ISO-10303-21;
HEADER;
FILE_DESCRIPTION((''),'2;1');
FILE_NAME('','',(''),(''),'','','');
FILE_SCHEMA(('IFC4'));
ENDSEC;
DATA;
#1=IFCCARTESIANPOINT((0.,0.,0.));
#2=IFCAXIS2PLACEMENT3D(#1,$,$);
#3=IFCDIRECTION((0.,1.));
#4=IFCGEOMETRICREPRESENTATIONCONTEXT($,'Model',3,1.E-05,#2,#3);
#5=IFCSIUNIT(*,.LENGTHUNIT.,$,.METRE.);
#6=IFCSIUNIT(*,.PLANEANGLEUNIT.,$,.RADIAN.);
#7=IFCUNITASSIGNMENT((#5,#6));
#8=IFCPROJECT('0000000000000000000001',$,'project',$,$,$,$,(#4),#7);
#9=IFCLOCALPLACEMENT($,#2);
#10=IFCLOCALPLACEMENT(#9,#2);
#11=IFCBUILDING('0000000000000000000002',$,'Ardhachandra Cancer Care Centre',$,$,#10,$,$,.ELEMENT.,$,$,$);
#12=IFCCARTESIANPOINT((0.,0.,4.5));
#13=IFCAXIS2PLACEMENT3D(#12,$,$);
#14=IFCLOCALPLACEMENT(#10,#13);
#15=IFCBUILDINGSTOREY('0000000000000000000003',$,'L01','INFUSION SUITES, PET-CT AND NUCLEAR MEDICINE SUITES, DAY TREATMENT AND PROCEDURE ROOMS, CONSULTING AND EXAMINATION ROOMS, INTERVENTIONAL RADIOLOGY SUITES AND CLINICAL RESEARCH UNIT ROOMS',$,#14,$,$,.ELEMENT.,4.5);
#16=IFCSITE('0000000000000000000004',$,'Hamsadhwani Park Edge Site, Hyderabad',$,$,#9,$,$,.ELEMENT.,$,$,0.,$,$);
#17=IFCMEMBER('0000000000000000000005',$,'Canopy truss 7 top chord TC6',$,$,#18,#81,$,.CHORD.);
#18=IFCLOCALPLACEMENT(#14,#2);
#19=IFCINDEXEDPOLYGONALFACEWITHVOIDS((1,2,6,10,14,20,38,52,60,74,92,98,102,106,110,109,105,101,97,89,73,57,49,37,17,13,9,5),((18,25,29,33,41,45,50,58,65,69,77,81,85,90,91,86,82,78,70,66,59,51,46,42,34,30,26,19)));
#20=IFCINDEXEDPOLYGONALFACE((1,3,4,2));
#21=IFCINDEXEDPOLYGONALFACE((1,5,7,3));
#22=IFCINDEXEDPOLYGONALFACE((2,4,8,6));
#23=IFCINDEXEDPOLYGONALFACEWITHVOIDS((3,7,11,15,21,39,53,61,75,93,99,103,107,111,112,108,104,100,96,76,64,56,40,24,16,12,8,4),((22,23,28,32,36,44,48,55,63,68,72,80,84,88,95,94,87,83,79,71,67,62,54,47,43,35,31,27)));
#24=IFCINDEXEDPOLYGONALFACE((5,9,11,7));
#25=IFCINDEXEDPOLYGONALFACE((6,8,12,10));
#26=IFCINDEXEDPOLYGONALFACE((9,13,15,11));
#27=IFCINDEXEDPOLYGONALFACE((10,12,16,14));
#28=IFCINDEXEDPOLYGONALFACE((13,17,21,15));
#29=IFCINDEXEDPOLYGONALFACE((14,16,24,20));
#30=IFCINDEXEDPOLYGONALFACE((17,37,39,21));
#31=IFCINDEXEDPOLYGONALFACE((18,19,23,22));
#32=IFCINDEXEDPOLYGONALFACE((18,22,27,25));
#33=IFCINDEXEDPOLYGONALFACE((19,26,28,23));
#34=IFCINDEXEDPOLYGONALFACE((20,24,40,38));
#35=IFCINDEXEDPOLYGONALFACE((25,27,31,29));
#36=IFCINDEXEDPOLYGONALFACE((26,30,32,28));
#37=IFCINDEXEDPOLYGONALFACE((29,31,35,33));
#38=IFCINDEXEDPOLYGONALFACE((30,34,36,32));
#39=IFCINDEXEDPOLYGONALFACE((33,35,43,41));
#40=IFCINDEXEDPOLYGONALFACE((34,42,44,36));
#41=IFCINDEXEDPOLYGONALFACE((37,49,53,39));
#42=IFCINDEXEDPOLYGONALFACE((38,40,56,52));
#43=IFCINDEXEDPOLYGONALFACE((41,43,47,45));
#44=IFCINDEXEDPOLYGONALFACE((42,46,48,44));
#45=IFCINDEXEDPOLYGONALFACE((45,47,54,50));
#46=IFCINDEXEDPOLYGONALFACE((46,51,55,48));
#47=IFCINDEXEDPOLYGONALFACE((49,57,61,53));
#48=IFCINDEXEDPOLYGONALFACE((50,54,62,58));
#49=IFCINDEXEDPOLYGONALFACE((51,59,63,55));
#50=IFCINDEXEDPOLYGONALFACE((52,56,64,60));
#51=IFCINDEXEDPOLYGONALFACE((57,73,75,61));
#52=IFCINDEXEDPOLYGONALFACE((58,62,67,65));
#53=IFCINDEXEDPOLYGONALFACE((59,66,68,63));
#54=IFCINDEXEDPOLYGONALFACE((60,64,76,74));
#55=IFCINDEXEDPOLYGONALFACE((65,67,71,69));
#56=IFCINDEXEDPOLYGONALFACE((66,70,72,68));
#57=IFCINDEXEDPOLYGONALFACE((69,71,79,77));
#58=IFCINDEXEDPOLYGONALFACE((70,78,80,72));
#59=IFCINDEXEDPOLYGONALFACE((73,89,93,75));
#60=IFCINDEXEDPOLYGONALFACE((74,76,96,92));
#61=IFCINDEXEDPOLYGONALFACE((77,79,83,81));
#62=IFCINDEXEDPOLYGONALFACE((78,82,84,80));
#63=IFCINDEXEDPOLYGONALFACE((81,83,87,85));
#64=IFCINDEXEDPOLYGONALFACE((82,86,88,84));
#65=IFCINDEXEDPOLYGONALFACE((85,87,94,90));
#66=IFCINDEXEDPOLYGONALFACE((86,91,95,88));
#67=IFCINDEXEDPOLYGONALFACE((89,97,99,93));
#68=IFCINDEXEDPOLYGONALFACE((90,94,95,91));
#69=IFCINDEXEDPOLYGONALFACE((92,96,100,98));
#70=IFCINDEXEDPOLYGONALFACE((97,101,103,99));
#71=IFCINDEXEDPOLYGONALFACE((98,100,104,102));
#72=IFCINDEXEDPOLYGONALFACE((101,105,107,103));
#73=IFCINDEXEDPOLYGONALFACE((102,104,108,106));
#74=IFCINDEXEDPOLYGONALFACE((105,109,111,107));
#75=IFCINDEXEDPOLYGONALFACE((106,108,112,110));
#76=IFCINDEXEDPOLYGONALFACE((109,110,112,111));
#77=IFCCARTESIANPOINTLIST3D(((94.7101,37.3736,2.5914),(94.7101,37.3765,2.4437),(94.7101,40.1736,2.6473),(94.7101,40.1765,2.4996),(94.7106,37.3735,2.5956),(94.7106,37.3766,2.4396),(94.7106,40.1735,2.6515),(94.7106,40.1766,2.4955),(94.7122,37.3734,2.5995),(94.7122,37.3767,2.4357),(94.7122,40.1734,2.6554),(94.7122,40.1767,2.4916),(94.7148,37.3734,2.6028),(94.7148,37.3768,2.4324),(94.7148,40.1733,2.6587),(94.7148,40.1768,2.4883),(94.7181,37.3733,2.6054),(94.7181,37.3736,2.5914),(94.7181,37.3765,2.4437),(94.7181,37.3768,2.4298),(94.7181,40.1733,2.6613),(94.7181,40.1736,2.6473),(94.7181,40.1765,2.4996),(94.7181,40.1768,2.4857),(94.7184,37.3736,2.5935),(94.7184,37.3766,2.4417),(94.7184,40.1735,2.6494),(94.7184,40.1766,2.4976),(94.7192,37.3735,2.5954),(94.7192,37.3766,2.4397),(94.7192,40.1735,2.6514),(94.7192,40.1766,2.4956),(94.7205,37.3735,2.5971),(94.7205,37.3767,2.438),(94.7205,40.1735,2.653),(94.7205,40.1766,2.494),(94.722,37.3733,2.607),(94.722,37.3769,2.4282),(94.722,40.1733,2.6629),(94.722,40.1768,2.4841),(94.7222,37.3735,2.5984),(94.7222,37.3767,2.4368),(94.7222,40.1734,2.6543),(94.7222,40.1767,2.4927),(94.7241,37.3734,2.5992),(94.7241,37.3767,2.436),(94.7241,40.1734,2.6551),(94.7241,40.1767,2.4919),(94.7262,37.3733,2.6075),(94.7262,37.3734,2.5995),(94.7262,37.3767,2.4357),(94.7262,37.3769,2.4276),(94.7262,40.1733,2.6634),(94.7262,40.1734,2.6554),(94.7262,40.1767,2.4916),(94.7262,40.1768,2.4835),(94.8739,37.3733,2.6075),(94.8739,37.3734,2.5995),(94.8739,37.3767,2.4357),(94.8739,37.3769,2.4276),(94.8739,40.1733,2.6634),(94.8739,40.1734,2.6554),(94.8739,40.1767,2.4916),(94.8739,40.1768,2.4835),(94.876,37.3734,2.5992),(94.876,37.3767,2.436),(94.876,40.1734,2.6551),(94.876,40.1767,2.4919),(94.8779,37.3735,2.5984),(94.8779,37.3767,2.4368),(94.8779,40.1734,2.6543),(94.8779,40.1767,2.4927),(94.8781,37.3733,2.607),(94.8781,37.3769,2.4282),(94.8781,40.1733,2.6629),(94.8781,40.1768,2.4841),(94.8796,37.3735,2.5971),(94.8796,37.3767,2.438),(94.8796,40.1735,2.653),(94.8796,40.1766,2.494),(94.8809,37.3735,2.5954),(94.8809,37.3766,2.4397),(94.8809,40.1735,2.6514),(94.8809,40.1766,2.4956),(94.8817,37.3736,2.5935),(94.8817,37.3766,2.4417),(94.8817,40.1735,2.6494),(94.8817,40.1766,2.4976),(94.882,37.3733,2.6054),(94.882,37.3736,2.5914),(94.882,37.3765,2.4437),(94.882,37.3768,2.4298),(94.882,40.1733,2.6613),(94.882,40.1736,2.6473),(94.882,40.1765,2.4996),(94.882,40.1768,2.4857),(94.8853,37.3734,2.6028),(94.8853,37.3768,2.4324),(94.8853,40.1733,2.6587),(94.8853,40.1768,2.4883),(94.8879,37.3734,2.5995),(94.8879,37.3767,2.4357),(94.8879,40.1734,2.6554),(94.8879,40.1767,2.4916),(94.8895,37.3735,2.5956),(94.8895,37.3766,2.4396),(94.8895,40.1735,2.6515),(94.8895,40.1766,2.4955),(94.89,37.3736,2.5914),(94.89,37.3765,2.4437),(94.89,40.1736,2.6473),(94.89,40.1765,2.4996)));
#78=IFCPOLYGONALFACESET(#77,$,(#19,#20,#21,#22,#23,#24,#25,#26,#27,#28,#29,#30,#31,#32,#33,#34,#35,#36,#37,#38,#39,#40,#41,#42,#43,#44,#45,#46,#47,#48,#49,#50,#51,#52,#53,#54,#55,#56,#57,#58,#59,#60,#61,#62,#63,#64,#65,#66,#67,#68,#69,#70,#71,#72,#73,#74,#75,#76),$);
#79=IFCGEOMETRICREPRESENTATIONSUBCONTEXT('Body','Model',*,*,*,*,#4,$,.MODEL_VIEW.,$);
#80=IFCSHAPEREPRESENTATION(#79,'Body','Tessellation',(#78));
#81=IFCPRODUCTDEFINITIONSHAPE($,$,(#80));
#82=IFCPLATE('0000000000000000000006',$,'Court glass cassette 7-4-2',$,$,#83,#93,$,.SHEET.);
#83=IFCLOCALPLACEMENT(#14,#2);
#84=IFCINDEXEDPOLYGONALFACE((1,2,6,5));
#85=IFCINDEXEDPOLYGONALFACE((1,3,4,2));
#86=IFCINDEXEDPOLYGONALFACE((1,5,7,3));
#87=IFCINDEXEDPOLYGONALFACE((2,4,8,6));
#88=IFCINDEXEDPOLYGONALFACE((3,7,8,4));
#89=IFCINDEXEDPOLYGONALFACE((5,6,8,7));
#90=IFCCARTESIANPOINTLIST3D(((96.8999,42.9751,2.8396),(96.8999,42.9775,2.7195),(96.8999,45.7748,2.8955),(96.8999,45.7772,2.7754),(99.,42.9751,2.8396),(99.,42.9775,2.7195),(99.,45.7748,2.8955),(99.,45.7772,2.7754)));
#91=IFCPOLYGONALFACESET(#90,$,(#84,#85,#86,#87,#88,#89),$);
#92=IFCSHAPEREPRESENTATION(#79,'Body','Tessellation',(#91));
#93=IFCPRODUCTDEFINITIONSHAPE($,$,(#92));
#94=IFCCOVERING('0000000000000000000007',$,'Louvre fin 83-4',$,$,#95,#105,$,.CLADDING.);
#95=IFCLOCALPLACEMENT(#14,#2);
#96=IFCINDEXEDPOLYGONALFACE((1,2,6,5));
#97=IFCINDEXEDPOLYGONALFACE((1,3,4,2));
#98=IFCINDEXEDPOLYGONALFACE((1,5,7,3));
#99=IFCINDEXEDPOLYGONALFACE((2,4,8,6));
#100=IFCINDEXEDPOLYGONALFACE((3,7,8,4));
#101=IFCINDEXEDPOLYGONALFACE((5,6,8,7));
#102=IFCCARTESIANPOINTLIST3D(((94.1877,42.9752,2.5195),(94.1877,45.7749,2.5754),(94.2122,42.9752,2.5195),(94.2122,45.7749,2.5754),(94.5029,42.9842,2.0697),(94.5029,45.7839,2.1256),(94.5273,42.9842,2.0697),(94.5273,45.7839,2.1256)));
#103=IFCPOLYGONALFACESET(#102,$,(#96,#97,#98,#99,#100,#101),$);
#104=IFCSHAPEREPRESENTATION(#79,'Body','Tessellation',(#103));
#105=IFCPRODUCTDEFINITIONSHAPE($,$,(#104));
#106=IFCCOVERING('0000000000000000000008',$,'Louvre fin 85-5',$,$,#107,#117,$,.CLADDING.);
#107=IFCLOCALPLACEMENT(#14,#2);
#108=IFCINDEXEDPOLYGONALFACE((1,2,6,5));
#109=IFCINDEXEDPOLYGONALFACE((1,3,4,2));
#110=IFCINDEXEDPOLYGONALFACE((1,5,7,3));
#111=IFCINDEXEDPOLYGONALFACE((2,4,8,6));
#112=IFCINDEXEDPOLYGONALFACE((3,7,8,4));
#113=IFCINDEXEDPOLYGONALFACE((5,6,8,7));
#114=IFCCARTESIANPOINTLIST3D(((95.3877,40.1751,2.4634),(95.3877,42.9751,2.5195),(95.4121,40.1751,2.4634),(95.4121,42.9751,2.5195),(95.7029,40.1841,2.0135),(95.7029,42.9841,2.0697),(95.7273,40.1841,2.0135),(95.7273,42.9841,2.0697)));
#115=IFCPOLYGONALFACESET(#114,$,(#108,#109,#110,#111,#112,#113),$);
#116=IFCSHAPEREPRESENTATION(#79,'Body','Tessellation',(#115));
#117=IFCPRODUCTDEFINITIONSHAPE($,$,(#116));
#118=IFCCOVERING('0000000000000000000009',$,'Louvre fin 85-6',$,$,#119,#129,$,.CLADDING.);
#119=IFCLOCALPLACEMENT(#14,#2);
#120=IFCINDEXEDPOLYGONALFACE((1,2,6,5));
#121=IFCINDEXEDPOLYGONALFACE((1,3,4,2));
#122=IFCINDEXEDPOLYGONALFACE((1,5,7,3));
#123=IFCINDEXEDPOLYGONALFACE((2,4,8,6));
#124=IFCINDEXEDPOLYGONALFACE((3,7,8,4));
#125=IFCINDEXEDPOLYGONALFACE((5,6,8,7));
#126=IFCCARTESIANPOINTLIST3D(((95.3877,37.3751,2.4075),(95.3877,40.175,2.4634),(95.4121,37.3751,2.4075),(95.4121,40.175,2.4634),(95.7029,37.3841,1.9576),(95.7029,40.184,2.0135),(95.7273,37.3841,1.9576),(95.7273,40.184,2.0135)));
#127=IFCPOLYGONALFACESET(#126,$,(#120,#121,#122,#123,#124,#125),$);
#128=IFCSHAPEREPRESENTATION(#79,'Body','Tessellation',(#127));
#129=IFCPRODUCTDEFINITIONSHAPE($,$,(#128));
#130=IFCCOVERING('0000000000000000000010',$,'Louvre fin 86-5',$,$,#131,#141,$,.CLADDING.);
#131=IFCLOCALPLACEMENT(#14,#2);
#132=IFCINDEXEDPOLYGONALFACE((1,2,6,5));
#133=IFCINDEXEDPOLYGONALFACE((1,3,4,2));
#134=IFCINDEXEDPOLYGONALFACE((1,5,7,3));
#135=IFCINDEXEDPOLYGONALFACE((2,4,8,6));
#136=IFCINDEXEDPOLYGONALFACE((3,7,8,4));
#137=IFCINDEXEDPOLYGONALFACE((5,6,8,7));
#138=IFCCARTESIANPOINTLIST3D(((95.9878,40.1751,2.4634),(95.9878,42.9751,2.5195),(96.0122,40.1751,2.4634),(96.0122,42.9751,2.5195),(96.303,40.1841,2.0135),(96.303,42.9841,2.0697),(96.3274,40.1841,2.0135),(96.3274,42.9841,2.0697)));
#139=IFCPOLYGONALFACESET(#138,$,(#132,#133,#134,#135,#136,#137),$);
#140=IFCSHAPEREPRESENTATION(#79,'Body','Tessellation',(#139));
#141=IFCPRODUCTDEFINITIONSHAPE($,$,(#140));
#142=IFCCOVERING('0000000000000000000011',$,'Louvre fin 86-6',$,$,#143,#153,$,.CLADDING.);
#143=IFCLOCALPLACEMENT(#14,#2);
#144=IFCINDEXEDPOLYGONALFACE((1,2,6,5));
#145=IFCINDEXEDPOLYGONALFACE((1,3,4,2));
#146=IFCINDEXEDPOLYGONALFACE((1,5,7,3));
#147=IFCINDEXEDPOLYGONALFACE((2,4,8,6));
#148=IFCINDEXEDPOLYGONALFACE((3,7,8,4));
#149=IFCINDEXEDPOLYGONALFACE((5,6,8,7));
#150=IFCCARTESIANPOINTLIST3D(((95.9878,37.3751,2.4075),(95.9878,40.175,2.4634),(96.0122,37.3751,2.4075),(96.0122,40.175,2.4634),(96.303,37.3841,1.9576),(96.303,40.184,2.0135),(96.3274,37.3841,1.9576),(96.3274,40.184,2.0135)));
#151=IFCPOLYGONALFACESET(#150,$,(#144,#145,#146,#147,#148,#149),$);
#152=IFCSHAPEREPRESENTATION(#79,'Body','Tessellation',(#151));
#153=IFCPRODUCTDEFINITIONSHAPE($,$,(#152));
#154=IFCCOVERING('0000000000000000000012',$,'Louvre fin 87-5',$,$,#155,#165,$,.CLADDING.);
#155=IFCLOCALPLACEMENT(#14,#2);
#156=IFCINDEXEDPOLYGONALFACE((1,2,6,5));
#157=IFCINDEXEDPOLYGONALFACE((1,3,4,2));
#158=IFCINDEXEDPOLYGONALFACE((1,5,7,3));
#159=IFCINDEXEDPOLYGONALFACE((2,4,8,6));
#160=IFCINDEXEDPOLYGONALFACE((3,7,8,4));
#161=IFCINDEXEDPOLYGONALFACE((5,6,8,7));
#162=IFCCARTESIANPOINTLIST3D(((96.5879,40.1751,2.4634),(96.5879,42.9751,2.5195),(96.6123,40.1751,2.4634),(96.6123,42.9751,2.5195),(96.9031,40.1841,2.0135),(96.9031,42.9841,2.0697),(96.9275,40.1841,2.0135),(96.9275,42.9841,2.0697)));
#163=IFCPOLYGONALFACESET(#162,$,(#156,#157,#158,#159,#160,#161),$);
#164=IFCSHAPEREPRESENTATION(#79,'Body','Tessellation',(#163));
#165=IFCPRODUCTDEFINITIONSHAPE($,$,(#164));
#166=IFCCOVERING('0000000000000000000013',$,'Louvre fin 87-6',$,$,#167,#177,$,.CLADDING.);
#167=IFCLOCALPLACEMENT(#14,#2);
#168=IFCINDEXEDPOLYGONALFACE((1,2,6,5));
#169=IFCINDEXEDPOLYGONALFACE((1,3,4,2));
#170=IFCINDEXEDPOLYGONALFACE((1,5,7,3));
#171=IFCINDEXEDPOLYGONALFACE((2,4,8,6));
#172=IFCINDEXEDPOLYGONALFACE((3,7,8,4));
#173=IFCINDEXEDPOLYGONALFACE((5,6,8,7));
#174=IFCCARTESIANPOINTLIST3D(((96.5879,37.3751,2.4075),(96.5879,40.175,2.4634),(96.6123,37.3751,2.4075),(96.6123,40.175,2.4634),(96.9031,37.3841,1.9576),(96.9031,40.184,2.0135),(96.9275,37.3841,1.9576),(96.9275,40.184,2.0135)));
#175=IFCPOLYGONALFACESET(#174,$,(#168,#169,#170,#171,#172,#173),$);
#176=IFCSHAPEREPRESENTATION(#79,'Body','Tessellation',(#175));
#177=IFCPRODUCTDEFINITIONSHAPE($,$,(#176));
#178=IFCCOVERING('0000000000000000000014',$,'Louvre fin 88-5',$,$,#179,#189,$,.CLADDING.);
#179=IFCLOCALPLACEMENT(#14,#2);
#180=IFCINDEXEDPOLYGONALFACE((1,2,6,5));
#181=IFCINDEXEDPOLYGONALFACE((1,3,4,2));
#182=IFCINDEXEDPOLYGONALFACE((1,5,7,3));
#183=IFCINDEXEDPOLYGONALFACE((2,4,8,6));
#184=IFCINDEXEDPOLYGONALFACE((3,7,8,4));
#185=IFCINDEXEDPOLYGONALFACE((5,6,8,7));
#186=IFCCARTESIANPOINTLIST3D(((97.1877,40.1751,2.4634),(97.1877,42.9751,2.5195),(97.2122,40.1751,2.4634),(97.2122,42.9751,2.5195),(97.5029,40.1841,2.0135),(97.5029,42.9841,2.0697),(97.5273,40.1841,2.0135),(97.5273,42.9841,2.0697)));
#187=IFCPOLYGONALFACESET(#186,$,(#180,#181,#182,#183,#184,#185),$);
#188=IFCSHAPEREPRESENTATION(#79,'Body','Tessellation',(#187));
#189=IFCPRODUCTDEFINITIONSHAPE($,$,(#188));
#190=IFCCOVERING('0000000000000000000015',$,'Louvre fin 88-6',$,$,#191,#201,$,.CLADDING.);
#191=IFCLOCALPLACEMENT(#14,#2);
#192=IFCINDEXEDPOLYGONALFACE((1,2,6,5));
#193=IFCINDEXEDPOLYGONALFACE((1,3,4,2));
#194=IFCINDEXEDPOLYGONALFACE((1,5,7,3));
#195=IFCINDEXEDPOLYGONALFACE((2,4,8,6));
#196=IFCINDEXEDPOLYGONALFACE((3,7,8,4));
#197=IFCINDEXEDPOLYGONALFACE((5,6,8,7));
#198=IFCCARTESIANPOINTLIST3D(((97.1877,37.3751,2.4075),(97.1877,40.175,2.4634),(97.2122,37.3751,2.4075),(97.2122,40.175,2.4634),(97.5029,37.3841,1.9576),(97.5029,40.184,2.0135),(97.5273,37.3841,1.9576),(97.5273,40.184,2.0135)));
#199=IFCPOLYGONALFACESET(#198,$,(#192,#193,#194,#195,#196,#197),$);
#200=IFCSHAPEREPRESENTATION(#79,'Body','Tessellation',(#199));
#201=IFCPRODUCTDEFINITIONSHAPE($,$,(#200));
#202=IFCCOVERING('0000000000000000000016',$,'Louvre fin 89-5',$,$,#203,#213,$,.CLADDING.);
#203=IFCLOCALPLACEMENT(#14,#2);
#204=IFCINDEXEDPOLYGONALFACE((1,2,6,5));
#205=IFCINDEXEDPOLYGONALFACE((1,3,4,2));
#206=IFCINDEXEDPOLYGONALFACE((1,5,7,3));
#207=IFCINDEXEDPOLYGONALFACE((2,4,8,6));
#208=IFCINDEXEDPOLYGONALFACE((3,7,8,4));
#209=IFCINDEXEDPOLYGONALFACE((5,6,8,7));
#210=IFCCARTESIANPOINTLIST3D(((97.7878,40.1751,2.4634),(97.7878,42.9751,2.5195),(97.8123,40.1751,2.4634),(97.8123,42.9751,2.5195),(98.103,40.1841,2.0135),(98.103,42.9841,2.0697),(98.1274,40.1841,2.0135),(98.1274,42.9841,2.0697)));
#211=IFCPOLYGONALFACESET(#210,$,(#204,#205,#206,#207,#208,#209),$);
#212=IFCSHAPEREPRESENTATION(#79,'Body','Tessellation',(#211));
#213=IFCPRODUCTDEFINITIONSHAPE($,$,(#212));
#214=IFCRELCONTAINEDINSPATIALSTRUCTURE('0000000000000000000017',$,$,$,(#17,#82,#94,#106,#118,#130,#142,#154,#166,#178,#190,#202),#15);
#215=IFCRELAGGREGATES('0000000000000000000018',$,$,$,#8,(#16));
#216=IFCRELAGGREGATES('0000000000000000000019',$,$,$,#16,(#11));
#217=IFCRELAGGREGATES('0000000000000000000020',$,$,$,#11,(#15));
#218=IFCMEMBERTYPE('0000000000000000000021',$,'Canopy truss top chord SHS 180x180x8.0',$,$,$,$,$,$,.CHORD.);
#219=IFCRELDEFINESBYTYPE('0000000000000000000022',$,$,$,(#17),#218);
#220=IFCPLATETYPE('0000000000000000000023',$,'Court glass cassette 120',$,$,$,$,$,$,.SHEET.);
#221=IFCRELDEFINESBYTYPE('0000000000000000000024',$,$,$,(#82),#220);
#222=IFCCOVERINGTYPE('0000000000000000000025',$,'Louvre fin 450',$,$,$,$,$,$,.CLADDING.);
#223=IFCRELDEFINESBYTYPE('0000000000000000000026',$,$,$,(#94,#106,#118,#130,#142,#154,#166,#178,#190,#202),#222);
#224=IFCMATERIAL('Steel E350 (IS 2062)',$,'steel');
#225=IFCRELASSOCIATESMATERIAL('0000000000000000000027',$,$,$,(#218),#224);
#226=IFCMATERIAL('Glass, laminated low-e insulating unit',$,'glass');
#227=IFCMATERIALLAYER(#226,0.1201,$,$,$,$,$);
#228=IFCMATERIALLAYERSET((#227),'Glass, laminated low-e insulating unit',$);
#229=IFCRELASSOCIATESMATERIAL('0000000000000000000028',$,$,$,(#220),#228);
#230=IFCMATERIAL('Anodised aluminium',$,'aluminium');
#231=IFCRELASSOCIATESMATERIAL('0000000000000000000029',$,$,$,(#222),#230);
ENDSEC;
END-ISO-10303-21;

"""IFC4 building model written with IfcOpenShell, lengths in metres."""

from ifc_helpers import new_model, si_unit, direction, frame, origin, origin_2d, place, context, subcontext, project, spatial, polyline, hollow_rectangle, outline, extrude, material, layer, layer_set, material_profile, profile_set, type_object, element, save


model = new_model("IFC4")

# Units and contexts
model_context = context("Model", 3, precision=1e-05, world=origin(), true_north=direction((0.0, 1.0)))
body_context = subcontext(model_context, "Body", "Model", "MODEL_VIEW")
ifc_project = project(units=[si_unit("LENGTHUNIT", "METRE"), si_unit("PLANEANGLEUNIT", "RADIAN")], contexts=[model_context])

# Site, building, storey
site_placement = place(None, origin())
site = spatial("IfcSite", under=ifc_project, at=site_placement, Name="Hamsadhwani Park Edge Site, Hyderabad", CompositionType="ELEMENT", RefElevation=0.0)
building_placement = place(site_placement, origin())
building = spatial("IfcBuilding", under=site, at=building_placement, Name="Ardhachandra Cancer Care Centre", CompositionType="ELEMENT")
storey_placement = place(building_placement, frame((0.0, 0.0, 4.5)))
storey = spatial("IfcBuildingStorey", under=building, at=storey_placement, Name="L01", Description="INFUSION SUITES, PET-CT AND NUCLEAR MEDICINE SUITES, DAY TREATMENT AND PROCEDURE ROOMS, CONSULTING AND EXAMINATION ROOMS, INTERVENTIONAL RADIOLOGY SUITES AND CLINICAL RESEARCH UNIT ROOMS", CompositionType="ELEMENT", Elevation=4.5)

# Member
ifc_material_1 = material(Name="Steel E350 (IS 2062)", Category="steel")
ifc_material_profile_1 = material_profile(ifc_material_1, hollow_rectangle(XDim=0.1799, YDim=0.1799, WallThickness=0.0081, InnerFilletRadius=0.0081, OuterFilletRadius=0.0161, at=origin_2d()), Name="SHS 180x180x8.0")
ifc_profile_set_1 = profile_set([ifc_material_profile_1], Name="Steel E350 (IS 2062)")
member_type_1 = type_object("IfcMemberType", Name="Canopy truss top chord SHS 180x180x8.0", PredefinedType="CHORD", material=ifc_profile_set_1)
for number, where, z_axis, x_axis, name in (
    (1, (94.8, 40.175, 2.5735), (0.0, -0.999801, -0.019963), (1.0, 0.0, 0.0), "Canopy truss 7 top chord TC6"),
):
    element("IfcMember", number, at=place(storey_placement, frame(where, z_axis=z_axis, x_axis=x_axis)), inside=storey, type_object=member_type_1, Name=name, PredefinedType="CHORD", context=body_context, shape_type="SweptSolid", body=[
        extrude(hollow_rectangle(XDim=0.1799, YDim=0.1799, WallThickness=0.0081, InnerFilletRadius=0.0081, OuterFilletRadius=0.0161, at=origin_2d()), origin(), (0.0, 0.0, 1.0), 2.8005),
    ])

# Plate
ifc_material_2 = material(Name="Glass, laminated low-e insulating unit", Category="glass")
ifc_layer = layer(ifc_material_2, 0.1201)
ifc_layer_set = layer_set([ifc_layer], Name="Glass, laminated low-e insulating unit")
plate_type = type_object("IfcPlateType", Name="Court glass cassette 120", PredefinedType="SHEET", material=ifc_layer_set)
plate_placement = place(storey_placement, frame((96.8999, 42.9751, 2.8396), z_axis=(0.0, -0.019965, 0.999801), x_axis=(0.0, 0.999801, 0.019965)))
element("IfcPlate", 2, at=plate_placement, inside=storey, type_object=plate_type, Name="Court glass cassette 7-4-2", PredefinedType="SHEET", context=body_context, shape_type="SweptSolid", body=[
    extrude(outline(polyline([(0.0, -2.1001), (2.8003, -2.1001), (2.8003, 0.0), (0.0, 0.0), (0.0, -2.1001)])), frame((0.0, 0.0, -0.1201)), (0.0, 0.0, 1.0), 0.1201),
])

# Coverings
ifc_material_3 = material(Name="Anodised aluminium", Category="aluminium")
ifc_material_profile_2 = material_profile(ifc_material_3, outline(polyline([(-0.0122, 0.0), (0.0122, 0.0), (0.3274, -0.45), (0.303, -0.45), (-0.0122, 0.0)])), Name="Louvre fin 450")
ifc_profile_set_2 = profile_set([ifc_material_profile_2], Name="Anodised aluminium")
covering_type = type_object("IfcCoveringType", Name="Louvre fin 450", PredefinedType="CLADDING", material=ifc_profile_set_2)
covering_placement = place(storey_placement, frame((94.2, 45.7749, 2.5754), z_axis=(0.0, -0.999801, -0.019965), x_axis=(1.0, 0.0, 0.0)))
element("IfcCovering", 3, at=covering_placement, inside=storey, type_object=covering_type, Name="Louvre fin 83-4", PredefinedType="CLADDING", context=body_context, shape_type="SweptSolid", body=[
    extrude(outline(polyline([(-0.0122, 0.0), (0.0122, 0.0), (0.3274, -0.45), (0.303, -0.45), (-0.0122, 0.0)])), origin(), (0.0, 0.0, 1.0), 2.8003),
])
for number, where, z_axis, x_axis, name in (
    (4, (95.3999, 42.9751, 2.5195), (0.0, -0.999799, -0.02005), (1.0, 0.0, 0.0), "Louvre fin 85-5"),
    (5, (95.3999, 40.175, 2.4634), (0.0, -0.999801, -0.019963), (1.0, 0.0, 0.0), "Louvre fin 85-6"),
    (6, (96.0, 42.9751, 2.5195), (0.0, -0.999799, -0.02005), (1.0, 0.0, 0.0), "Louvre fin 86-5"),
    (7, (96.0, 40.175, 2.4634), (0.0, -0.999801, -0.019963), (1.0, 0.0, 0.0), "Louvre fin 86-6"),
    (8, (96.6001, 42.9751, 2.5195), (0.0, -0.999799, -0.02005), (1.0, 0.0, 0.0), "Louvre fin 87-5"),
    (9, (96.6001, 40.175, 2.4634), (0.0, -0.999801, -0.019963), (1.0, 0.0, 0.0), "Louvre fin 87-6"),
    (10, (97.2, 42.9751, 2.5195), (0.0, -0.999799, -0.02005), (1.0, 0.0, 0.0), "Louvre fin 88-5"),
    (11, (97.2, 40.175, 2.4634), (0.0, -0.999801, -0.019963), (1.0, 0.0, 0.0), "Louvre fin 88-6"),
    (12, (97.8, 42.9751, 2.5195), (0.0, -0.999799, -0.02005), (1.0, 0.0, 0.0), "Louvre fin 89-5"),
):
    element("IfcCovering", number, at=place(storey_placement, frame(where, z_axis=z_axis, x_axis=x_axis)), inside=storey, type_object=covering_type, Name=name, PredefinedType="CLADDING", context=body_context, shape_type="SweptSolid", body=[
        extrude(outline(polyline([(-0.0122, 0.0), (0.0122, 0.0), (0.3274, -0.45), (0.303, -0.45), (-0.0122, 0.0)])), origin(), (0.0, 0.0, 1.0), 2.8005),
    ])

save(model, "model.ifc")
